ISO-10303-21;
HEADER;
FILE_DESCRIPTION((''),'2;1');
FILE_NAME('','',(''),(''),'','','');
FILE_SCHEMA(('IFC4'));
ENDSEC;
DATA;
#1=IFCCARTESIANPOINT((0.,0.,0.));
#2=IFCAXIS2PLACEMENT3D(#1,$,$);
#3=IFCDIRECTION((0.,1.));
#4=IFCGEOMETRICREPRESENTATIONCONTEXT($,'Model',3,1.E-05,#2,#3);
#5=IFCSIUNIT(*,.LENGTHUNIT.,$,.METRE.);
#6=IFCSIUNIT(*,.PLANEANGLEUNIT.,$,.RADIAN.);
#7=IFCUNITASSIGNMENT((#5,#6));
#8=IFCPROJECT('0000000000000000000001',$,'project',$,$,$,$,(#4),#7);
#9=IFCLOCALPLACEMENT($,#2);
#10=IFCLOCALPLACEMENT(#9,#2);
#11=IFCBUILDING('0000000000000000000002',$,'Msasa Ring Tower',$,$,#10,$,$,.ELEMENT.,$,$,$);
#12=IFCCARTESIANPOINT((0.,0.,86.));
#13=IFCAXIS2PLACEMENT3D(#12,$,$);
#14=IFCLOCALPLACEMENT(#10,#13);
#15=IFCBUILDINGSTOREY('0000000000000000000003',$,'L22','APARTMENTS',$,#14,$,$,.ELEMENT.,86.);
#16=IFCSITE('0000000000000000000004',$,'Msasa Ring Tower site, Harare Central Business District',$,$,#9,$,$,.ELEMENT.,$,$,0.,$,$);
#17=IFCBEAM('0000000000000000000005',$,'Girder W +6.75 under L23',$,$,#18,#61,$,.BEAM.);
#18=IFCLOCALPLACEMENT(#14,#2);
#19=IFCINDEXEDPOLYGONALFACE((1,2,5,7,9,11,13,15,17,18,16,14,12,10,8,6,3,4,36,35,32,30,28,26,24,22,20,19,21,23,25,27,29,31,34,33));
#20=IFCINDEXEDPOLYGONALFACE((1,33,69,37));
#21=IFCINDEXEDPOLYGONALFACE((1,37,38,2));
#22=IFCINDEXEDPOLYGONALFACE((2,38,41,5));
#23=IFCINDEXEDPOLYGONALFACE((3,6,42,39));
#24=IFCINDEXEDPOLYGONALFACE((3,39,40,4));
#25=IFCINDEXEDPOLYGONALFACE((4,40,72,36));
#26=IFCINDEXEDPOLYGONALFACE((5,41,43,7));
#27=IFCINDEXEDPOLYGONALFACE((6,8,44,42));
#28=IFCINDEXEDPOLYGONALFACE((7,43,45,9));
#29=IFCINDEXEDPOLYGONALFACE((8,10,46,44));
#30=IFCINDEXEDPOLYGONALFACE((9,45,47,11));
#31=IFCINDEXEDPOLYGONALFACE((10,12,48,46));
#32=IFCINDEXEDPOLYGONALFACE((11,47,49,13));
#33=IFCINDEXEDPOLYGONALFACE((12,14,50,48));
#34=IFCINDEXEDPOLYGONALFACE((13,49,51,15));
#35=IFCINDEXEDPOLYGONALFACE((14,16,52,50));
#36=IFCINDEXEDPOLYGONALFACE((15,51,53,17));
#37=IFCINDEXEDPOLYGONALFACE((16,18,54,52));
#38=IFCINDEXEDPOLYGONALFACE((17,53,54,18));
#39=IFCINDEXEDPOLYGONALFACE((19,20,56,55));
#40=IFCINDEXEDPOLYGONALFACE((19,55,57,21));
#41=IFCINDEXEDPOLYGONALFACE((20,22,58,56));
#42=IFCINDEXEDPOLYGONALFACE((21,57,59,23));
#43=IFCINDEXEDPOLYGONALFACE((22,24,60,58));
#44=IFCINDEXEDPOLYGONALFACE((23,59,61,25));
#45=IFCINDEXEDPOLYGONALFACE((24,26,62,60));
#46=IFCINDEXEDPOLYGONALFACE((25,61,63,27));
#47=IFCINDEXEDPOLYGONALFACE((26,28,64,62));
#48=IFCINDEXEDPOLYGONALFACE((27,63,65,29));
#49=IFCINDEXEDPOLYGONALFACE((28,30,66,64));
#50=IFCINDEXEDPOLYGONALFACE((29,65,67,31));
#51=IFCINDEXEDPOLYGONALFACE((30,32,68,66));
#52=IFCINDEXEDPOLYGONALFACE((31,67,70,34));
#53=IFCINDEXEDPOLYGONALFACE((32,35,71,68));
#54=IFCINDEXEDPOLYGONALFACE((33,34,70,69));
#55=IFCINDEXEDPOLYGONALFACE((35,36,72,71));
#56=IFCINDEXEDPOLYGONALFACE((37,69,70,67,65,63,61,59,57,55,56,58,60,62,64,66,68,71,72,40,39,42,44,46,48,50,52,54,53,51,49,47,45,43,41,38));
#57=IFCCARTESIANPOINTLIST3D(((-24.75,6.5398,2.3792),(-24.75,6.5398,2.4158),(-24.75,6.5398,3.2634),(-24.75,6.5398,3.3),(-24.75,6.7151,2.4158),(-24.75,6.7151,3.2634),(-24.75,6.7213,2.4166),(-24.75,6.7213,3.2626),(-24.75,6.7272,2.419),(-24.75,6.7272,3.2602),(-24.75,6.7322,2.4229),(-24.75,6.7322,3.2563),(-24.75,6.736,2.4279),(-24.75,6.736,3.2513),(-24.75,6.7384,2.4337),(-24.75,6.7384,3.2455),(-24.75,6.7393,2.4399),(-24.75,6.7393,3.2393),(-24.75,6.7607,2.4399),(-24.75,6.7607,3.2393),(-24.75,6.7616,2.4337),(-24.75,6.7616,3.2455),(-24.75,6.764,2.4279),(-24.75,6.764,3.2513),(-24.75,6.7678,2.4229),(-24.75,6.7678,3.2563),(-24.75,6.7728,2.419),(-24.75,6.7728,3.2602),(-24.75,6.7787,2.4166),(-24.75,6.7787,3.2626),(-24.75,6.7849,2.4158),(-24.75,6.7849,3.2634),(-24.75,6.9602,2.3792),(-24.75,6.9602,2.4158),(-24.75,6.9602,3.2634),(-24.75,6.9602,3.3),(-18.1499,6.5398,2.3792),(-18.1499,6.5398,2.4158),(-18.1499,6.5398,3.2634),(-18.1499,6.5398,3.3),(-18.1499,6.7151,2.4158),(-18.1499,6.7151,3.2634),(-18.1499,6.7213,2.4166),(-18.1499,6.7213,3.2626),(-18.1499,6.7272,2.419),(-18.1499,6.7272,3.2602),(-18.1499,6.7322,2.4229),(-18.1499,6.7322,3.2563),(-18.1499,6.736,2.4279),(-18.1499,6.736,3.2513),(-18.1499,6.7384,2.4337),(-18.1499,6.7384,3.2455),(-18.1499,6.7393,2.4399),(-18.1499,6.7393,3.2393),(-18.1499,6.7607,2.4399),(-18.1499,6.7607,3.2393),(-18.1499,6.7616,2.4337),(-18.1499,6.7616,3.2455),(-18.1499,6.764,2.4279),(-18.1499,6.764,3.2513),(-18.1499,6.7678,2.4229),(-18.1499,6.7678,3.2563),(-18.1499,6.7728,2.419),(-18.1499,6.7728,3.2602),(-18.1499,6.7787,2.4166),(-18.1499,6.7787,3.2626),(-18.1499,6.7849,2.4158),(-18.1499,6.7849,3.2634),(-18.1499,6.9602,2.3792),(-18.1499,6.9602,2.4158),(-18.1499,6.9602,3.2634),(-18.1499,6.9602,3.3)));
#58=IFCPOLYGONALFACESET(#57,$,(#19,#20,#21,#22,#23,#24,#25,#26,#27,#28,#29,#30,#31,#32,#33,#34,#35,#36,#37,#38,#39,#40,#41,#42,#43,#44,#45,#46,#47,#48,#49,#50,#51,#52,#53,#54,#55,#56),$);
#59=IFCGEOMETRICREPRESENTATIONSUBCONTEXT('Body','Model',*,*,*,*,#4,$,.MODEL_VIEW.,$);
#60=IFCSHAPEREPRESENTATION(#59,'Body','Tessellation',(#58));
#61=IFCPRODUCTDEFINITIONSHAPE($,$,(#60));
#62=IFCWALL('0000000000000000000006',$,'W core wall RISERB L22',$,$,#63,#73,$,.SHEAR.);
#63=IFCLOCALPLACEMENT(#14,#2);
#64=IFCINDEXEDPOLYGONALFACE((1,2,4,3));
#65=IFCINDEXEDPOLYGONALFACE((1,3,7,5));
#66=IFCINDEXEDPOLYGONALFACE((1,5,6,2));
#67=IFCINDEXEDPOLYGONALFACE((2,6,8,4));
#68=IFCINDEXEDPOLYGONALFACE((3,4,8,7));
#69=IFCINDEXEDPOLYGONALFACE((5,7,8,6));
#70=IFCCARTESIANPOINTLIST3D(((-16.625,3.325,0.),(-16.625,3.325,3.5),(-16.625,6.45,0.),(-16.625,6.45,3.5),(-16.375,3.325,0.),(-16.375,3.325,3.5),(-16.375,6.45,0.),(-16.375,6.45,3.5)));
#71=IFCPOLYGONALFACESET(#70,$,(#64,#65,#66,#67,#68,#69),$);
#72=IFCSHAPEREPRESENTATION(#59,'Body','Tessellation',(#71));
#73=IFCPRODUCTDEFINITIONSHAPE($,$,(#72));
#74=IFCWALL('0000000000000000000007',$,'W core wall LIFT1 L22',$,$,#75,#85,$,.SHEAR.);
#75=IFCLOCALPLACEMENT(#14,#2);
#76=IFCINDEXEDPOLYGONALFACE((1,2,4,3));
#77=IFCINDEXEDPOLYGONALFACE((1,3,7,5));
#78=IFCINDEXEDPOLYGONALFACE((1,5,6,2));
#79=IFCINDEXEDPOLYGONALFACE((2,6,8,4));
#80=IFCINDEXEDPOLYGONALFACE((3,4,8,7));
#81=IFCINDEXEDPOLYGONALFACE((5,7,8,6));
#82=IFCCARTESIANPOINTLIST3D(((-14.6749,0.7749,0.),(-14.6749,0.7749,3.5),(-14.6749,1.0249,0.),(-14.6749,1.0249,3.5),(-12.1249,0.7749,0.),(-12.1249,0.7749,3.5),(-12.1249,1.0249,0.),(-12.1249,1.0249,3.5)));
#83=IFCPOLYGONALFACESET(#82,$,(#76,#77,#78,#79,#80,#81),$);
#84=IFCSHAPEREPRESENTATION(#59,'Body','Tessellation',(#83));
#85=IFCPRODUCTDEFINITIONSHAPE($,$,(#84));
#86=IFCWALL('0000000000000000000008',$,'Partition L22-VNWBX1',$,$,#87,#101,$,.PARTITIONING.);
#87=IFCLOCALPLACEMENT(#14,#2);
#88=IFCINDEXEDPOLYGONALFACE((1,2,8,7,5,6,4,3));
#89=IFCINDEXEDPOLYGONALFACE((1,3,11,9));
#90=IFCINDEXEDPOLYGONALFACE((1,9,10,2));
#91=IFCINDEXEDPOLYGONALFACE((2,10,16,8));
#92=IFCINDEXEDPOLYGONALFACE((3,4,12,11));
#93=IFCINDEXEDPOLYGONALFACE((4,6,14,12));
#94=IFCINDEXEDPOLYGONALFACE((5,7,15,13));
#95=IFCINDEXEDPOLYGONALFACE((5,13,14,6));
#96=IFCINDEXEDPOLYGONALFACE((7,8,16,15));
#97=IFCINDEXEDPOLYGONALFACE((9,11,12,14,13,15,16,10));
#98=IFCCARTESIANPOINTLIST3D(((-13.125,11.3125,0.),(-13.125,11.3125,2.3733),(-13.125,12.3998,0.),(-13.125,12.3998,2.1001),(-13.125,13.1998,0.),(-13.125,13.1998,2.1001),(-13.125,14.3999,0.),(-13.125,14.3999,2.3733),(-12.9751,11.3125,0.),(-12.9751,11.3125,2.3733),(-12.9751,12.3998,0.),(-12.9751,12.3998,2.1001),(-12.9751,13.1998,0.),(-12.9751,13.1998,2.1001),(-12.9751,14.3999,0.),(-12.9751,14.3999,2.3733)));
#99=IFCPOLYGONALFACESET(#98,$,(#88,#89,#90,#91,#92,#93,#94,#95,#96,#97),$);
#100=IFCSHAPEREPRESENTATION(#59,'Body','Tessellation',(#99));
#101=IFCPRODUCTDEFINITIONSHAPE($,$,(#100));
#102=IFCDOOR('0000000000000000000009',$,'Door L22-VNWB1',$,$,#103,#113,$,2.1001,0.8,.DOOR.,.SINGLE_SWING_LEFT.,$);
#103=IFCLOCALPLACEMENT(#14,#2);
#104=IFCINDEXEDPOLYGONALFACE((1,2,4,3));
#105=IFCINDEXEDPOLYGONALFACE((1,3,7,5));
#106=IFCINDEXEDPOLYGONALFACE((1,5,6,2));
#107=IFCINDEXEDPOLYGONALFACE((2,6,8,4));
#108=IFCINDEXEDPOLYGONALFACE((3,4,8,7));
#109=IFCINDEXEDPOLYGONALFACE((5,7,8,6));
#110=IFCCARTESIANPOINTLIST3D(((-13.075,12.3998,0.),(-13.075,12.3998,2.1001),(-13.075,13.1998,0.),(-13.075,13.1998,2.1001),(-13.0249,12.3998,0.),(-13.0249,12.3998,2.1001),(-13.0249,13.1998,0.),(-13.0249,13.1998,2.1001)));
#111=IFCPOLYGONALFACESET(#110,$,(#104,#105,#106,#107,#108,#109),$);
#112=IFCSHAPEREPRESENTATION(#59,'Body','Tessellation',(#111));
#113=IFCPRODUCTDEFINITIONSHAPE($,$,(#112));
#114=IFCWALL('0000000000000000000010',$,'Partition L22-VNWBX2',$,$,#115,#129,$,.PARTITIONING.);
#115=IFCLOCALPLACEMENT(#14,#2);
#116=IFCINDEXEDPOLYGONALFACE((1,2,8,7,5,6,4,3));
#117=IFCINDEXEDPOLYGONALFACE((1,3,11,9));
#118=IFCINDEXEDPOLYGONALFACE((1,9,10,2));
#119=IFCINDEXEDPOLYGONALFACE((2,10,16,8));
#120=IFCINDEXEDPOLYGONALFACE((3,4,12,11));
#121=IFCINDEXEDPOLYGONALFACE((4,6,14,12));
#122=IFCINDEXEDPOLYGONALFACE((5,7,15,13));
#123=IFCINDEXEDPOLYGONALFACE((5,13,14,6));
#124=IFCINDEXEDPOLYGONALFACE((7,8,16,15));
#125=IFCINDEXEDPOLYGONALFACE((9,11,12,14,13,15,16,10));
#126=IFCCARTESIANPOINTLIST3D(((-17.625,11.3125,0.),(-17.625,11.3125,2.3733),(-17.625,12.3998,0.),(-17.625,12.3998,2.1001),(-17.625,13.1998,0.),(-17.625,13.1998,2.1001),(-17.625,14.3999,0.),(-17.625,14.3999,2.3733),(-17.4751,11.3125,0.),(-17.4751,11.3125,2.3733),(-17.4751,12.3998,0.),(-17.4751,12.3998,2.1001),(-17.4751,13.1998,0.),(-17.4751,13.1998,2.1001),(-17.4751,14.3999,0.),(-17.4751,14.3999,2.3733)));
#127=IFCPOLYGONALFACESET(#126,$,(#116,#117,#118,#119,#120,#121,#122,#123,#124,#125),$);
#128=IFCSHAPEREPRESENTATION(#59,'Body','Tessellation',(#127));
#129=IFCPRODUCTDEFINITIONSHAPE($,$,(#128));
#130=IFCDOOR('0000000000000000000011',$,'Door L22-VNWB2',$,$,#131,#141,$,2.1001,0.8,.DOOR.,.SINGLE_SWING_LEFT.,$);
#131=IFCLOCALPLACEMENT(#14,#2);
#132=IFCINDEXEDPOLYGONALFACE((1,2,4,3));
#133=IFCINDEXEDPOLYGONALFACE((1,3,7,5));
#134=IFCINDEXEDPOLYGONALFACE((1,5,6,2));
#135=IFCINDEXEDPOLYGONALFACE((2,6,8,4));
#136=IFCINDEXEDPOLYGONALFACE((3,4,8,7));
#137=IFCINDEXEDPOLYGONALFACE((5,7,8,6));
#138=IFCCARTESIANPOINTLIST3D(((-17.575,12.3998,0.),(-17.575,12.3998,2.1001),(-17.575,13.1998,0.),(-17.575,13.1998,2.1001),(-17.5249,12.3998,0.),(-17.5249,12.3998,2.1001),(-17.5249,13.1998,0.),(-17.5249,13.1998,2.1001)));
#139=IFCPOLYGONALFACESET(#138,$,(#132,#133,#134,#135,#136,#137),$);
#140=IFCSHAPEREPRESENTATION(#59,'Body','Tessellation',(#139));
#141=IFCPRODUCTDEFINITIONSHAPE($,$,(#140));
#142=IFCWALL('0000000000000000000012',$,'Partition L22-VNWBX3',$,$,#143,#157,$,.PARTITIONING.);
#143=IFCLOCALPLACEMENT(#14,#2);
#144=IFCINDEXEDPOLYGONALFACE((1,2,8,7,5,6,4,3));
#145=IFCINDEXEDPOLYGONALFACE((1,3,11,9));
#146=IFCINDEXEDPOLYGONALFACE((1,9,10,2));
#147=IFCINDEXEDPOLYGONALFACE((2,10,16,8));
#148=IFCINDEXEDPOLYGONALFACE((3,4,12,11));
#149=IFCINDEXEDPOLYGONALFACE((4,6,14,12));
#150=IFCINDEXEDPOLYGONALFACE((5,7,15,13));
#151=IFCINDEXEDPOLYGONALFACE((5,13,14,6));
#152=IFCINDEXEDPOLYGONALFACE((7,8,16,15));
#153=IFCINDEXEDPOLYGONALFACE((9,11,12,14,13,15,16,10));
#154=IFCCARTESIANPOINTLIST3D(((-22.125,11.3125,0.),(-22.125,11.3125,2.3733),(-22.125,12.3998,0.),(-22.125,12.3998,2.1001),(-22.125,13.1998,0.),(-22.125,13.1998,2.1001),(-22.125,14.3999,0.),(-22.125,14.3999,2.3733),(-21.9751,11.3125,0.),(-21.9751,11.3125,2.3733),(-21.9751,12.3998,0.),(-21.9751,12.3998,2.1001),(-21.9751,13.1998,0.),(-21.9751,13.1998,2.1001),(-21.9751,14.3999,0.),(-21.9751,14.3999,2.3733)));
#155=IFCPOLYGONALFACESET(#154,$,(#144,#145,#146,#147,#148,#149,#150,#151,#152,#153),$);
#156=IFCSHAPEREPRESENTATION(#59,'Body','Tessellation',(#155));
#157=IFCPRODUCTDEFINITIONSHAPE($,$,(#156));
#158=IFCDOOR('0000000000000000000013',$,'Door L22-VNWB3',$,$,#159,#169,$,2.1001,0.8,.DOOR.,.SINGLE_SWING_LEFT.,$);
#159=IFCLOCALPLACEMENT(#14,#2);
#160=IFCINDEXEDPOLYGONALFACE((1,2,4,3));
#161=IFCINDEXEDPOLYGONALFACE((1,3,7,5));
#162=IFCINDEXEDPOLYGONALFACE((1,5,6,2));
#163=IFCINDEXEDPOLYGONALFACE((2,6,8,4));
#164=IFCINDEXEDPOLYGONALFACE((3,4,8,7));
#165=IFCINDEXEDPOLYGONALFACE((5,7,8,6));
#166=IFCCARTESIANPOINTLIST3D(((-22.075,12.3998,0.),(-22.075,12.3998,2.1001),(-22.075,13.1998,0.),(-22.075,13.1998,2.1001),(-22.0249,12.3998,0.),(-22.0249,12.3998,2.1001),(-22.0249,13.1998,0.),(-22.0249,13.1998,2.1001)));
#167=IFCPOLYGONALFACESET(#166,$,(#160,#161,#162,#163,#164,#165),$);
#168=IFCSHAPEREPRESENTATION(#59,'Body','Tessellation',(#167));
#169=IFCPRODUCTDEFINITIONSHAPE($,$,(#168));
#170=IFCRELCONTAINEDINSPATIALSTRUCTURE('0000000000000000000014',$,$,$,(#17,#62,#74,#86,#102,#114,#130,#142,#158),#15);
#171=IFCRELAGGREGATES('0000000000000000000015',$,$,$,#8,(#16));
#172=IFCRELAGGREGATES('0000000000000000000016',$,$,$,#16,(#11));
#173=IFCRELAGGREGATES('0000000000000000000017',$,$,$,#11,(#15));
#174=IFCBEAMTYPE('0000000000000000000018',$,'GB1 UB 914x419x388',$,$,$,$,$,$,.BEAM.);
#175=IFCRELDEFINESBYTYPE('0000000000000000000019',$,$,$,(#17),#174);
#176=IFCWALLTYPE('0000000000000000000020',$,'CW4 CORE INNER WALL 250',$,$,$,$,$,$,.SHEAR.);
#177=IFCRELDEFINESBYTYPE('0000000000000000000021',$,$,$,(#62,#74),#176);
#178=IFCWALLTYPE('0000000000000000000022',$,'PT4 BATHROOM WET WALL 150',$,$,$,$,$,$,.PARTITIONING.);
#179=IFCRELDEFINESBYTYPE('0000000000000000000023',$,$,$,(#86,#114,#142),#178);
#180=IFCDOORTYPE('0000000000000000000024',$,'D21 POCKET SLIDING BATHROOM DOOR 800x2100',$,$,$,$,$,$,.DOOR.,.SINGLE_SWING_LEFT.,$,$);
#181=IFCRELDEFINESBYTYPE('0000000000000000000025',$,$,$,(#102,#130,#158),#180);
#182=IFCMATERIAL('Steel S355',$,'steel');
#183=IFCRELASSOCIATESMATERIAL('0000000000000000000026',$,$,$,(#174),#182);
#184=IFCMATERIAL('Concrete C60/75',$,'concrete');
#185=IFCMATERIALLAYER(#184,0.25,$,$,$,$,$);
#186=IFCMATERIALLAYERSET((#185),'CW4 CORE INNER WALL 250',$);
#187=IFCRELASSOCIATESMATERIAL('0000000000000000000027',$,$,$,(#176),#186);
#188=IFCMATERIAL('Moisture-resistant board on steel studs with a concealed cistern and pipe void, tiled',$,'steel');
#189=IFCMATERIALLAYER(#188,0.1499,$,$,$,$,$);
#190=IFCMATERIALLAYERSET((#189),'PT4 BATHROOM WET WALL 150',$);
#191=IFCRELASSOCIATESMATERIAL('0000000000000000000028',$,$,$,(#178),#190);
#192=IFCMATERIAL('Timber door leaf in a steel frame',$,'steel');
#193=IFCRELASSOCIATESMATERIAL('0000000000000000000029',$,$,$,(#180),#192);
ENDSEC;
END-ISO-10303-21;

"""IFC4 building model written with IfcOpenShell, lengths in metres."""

from ifc_helpers import new_model, si_unit, direction, frame, frame_2d, origin, origin_2d, place, context, subcontext, project, spatial, rectangle, i_section, extrude, material, layer, layer_set, material_profile, profile_set, type_object, element, fill, save


model = new_model("IFC4")

# Units and contexts
model_context = context("Model", 3, precision=1e-05, world=origin(), true_north=direction((0.0, 1.0)))
body_context = subcontext(model_context, "Body", "Model", "MODEL_VIEW")
ifc_project = project(units=[si_unit("LENGTHUNIT", "METRE"), si_unit("PLANEANGLEUNIT", "RADIAN")], contexts=[model_context])

# Site, building, storey
site_placement = place(None, origin())
site = spatial("IfcSite", under=ifc_project, at=site_placement, Name="Msasa Ring Tower site, Harare Central Business District", CompositionType="ELEMENT", RefElevation=0.0)
building_placement = place(site_placement, origin())
building = spatial("IfcBuilding", under=site, at=building_placement, Name="Msasa Ring Tower", CompositionType="ELEMENT")
storey_placement = place(building_placement, frame((0.0, 0.0, 86.0)))
storey = spatial("IfcBuildingStorey", under=building, at=storey_placement, Name="L22", Description="APARTMENTS", CompositionType="ELEMENT", Elevation=86.0)

# Beam
ifc_material_1 = material(Name="Steel S355", Category="steel")
ifc_material_profile = material_profile(ifc_material_1, i_section(OverallWidth=0.4204, OverallDepth=0.9209, WebThickness=0.0215, FlangeThickness=0.0366, FilletRadius=0.0242, at=origin_2d()), Name="UB 914x419x388")
ifc_profile_set = profile_set([ifc_material_profile], Name="Steel S355")
beam_type = type_object("IfcBeamType", Name="GB1 UB 914x419x388", PredefinedType="BEAM", material=ifc_profile_set)
beam_placement = place(storey_placement, frame((-18.1499, 6.75, 2.8396), z_axis=(-1.0, 0.0, 0.0), x_axis=(0.0, -1.0, 0.0)))
element("IfcBeam", 1, at=beam_placement, inside=storey, type_object=beam_type, Name="Girder W +6.75 under L23", PredefinedType="BEAM", context=body_context, shape_type="SweptSolid", body=[
    extrude(i_section(OverallWidth=0.4204, OverallDepth=0.9209, WebThickness=0.0215, FlangeThickness=0.0366, FilletRadius=0.0242, at=origin_2d()), origin(), (0.0, 0.0, 1.0), 6.6001),
])

# Walls
ifc_material_2 = material(Name="Concrete C60/75", Category="concrete")
ifc_layer_1 = layer(ifc_material_2, 0.25)
ifc_layer_set_1 = layer_set([ifc_layer_1], Name="CW4 CORE INNER WALL 250")
wall_type_1 = type_object("IfcWallType", Name="CW4 CORE INNER WALL 250", PredefinedType="SHEAR", material=ifc_layer_set_1)
wall_1_placement = place(storey_placement, frame((-16.5, 3.325, 0.0), z_axis=(0.0, 0.0, 1.0), x_axis=(0.0, 1.0, 0.0)))
element("IfcWall", 2, at=wall_1_placement, inside=storey, type_object=wall_type_1, Name="W core wall RISERB L22", PredefinedType="SHEAR", context=body_context, shape_type="SweptSolid", body=[
    extrude(rectangle(XDim=3.125, YDim=0.25, at=frame_2d((1.5625, 0.0))), origin(), (0.0, 0.0, 1.0), 3.5),
])
wall_2_placement = place(storey_placement, frame((-12.125, 0.8999, 0.0), z_axis=(0.0, 0.0, 1.0), x_axis=(-1.0, 0.0, 0.0)))
element("IfcWall", 3, at=wall_2_placement, inside=storey, type_object=wall_type_1, Name="W core wall LIFT1 L22", PredefinedType="SHEAR", context=body_context, shape_type="SweptSolid", body=[
    extrude(rectangle(XDim=2.55, YDim=0.25, at=frame_2d((1.2749, 0.0))), origin(), (0.0, 0.0, 1.0), 3.5),
])

# Walls, openings, doors
ifc_material_3 = material(Name="Moisture-resistant board on steel studs with a concealed cistern and pipe void, tiled", Category="steel")
ifc_layer_2 = layer(ifc_material_3, 0.1499)
ifc_layer_set_2 = layer_set([ifc_layer_2], Name="PT4 BATHROOM WET WALL 150")
wall_type_2 = type_object("IfcWallType", Name="PT4 BATHROOM WET WALL 150", PredefinedType="PARTITIONING", material=ifc_layer_set_2)
wall_3_placement = place(storey_placement, frame((-13.05, 11.3125, 0.0), z_axis=(0.0, 0.0, 1.0), x_axis=(0.0, 1.0, 0.0)))
wall_3 = element("IfcWall", 4, at=wall_3_placement, inside=storey, type_object=wall_type_2, Name="Partition L22-VNWBX1", PredefinedType="PARTITIONING", context=body_context, shape_type="SweptSolid", body=[
    extrude(rectangle(XDim=3.0874, YDim=0.1499, at=frame_2d((1.5437, 0.0))), origin(), (0.0, 0.0, 1.0), 2.3733),
])
opening_1_placement = place(wall_3_placement, frame((1.0874, 0.0, 0.0)))
opening_1 = element("IfcOpeningElement", 5, at=opening_1_placement, cuts=wall_3, PredefinedType="OPENING", context=body_context, shape_type="SweptSolid", body=[
    extrude(rectangle(XDim=0.8, YDim=2.1001, at=frame_2d((0.3999, 1.05))), frame((0.0, 0.085, 0.0), z_axis=(0.0, -1.0, 0.0), x_axis=(1.0, 0.0, 0.0)), (0.0, 0.0, 1.0), 0.1699),
])
ifc_material_4 = material(Name="Timber door leaf in a steel frame", Category="steel")
door_type = type_object("IfcDoorType", Name="D21 POCKET SLIDING BATHROOM DOOR 800x2100", OperationType="SINGLE_SWING_LEFT", PredefinedType="DOOR", material=ifc_material_4)
door_1_placement = place(opening_1_placement, origin())
door_1 = element("IfcDoor", 6, at=door_1_placement, inside=storey, type_object=door_type, Name="Door L22-VNWB1", OperationType="SINGLE_SWING_LEFT", OverallHeight=2.1001, OverallWidth=0.8, PredefinedType="DOOR", context=body_context, shape_type="SweptSolid", body=[
    extrude(rectangle(XDim=0.8, YDim=2.1001, at=frame_2d((0.3999, 1.05))), frame((0.0, 0.0249, 0.0), z_axis=(0.0, -1.0, 0.0), x_axis=(1.0, 0.0, 0.0)), (0.0, 0.0, 1.0), 0.05),
])
fill(opening_1, door_1)
wall_4_placement = place(storey_placement, frame((-17.55, 11.3125, 0.0), z_axis=(0.0, 0.0, 1.0), x_axis=(0.0, 1.0, 0.0)))
wall_4 = element("IfcWall", 7, at=wall_4_placement, inside=storey, type_object=wall_type_2, Name="Partition L22-VNWBX2", PredefinedType="PARTITIONING", context=body_context, shape_type="SweptSolid", body=[
    extrude(rectangle(XDim=3.0874, YDim=0.1499, at=frame_2d((1.5437, 0.0))), origin(), (0.0, 0.0, 1.0), 2.3733),
])
opening_2_placement = place(wall_4_placement, frame((1.0874, 0.0, 0.0)))
opening_2 = element("IfcOpeningElement", 8, at=opening_2_placement, cuts=wall_4, PredefinedType="OPENING", context=body_context, shape_type="SweptSolid", body=[
    extrude(rectangle(XDim=0.8, YDim=2.1001, at=frame_2d((0.3999, 1.05))), frame((0.0, 0.085, 0.0), z_axis=(0.0, -1.0, 0.0), x_axis=(1.0, 0.0, 0.0)), (0.0, 0.0, 1.0), 0.1699),
])
door_2_placement = place(opening_2_placement, origin())
door_2 = element("IfcDoor", 9, at=door_2_placement, inside=storey, type_object=door_type, Name="Door L22-VNWB2", OperationType="SINGLE_SWING_LEFT", OverallHeight=2.1001, OverallWidth=0.8, PredefinedType="DOOR", context=body_context, shape_type="SweptSolid", body=[
    extrude(rectangle(XDim=0.8, YDim=2.1001, at=frame_2d((0.3999, 1.05))), frame((0.0, 0.0249, 0.0), z_axis=(0.0, -1.0, 0.0), x_axis=(1.0, 0.0, 0.0)), (0.0, 0.0, 1.0), 0.05),
])
fill(opening_2, door_2)
wall_5_placement = place(storey_placement, frame((-22.05, 11.3125, 0.0), z_axis=(0.0, 0.0, 1.0), x_axis=(0.0, 1.0, 0.0)))
wall_5 = element("IfcWall", 10, at=wall_5_placement, inside=storey, type_object=wall_type_2, Name="Partition L22-VNWBX3", PredefinedType="PARTITIONING", context=body_context, shape_type="SweptSolid", body=[
    extrude(rectangle(XDim=3.0874, YDim=0.1499, at=frame_2d((1.5437, 0.0))), origin(), (0.0, 0.0, 1.0), 2.3733),
])
opening_3_placement = place(wall_5_placement, frame((1.0874, 0.0, 0.0)))
opening_3 = element("IfcOpeningElement", 11, at=opening_3_placement, cuts=wall_5, PredefinedType="OPENING", context=body_context, shape_type="SweptSolid", body=[
    extrude(rectangle(XDim=0.8, YDim=2.1001, at=frame_2d((0.3999, 1.05))), frame((0.0, 0.085, 0.0), z_axis=(0.0, -1.0, 0.0), x_axis=(1.0, 0.0, 0.0)), (0.0, 0.0, 1.0), 0.1699),
])
door_3_placement = place(opening_3_placement, origin())
door_3 = element("IfcDoor", 12, at=door_3_placement, inside=storey, type_object=door_type, Name="Door L22-VNWB3", OperationType="SINGLE_SWING_LEFT", OverallHeight=2.1001, OverallWidth=0.8, PredefinedType="DOOR", context=body_context, shape_type="SweptSolid", body=[
    extrude(rectangle(XDim=0.8, YDim=2.1001, at=frame_2d((0.3999, 1.05))), frame((0.0, 0.0249, 0.0), z_axis=(0.0, -1.0, 0.0), x_axis=(1.0, 0.0, 0.0)), (0.0, 0.0, 1.0), 0.05),
])
fill(opening_3, door_3)

save(model, "model.ifc")
